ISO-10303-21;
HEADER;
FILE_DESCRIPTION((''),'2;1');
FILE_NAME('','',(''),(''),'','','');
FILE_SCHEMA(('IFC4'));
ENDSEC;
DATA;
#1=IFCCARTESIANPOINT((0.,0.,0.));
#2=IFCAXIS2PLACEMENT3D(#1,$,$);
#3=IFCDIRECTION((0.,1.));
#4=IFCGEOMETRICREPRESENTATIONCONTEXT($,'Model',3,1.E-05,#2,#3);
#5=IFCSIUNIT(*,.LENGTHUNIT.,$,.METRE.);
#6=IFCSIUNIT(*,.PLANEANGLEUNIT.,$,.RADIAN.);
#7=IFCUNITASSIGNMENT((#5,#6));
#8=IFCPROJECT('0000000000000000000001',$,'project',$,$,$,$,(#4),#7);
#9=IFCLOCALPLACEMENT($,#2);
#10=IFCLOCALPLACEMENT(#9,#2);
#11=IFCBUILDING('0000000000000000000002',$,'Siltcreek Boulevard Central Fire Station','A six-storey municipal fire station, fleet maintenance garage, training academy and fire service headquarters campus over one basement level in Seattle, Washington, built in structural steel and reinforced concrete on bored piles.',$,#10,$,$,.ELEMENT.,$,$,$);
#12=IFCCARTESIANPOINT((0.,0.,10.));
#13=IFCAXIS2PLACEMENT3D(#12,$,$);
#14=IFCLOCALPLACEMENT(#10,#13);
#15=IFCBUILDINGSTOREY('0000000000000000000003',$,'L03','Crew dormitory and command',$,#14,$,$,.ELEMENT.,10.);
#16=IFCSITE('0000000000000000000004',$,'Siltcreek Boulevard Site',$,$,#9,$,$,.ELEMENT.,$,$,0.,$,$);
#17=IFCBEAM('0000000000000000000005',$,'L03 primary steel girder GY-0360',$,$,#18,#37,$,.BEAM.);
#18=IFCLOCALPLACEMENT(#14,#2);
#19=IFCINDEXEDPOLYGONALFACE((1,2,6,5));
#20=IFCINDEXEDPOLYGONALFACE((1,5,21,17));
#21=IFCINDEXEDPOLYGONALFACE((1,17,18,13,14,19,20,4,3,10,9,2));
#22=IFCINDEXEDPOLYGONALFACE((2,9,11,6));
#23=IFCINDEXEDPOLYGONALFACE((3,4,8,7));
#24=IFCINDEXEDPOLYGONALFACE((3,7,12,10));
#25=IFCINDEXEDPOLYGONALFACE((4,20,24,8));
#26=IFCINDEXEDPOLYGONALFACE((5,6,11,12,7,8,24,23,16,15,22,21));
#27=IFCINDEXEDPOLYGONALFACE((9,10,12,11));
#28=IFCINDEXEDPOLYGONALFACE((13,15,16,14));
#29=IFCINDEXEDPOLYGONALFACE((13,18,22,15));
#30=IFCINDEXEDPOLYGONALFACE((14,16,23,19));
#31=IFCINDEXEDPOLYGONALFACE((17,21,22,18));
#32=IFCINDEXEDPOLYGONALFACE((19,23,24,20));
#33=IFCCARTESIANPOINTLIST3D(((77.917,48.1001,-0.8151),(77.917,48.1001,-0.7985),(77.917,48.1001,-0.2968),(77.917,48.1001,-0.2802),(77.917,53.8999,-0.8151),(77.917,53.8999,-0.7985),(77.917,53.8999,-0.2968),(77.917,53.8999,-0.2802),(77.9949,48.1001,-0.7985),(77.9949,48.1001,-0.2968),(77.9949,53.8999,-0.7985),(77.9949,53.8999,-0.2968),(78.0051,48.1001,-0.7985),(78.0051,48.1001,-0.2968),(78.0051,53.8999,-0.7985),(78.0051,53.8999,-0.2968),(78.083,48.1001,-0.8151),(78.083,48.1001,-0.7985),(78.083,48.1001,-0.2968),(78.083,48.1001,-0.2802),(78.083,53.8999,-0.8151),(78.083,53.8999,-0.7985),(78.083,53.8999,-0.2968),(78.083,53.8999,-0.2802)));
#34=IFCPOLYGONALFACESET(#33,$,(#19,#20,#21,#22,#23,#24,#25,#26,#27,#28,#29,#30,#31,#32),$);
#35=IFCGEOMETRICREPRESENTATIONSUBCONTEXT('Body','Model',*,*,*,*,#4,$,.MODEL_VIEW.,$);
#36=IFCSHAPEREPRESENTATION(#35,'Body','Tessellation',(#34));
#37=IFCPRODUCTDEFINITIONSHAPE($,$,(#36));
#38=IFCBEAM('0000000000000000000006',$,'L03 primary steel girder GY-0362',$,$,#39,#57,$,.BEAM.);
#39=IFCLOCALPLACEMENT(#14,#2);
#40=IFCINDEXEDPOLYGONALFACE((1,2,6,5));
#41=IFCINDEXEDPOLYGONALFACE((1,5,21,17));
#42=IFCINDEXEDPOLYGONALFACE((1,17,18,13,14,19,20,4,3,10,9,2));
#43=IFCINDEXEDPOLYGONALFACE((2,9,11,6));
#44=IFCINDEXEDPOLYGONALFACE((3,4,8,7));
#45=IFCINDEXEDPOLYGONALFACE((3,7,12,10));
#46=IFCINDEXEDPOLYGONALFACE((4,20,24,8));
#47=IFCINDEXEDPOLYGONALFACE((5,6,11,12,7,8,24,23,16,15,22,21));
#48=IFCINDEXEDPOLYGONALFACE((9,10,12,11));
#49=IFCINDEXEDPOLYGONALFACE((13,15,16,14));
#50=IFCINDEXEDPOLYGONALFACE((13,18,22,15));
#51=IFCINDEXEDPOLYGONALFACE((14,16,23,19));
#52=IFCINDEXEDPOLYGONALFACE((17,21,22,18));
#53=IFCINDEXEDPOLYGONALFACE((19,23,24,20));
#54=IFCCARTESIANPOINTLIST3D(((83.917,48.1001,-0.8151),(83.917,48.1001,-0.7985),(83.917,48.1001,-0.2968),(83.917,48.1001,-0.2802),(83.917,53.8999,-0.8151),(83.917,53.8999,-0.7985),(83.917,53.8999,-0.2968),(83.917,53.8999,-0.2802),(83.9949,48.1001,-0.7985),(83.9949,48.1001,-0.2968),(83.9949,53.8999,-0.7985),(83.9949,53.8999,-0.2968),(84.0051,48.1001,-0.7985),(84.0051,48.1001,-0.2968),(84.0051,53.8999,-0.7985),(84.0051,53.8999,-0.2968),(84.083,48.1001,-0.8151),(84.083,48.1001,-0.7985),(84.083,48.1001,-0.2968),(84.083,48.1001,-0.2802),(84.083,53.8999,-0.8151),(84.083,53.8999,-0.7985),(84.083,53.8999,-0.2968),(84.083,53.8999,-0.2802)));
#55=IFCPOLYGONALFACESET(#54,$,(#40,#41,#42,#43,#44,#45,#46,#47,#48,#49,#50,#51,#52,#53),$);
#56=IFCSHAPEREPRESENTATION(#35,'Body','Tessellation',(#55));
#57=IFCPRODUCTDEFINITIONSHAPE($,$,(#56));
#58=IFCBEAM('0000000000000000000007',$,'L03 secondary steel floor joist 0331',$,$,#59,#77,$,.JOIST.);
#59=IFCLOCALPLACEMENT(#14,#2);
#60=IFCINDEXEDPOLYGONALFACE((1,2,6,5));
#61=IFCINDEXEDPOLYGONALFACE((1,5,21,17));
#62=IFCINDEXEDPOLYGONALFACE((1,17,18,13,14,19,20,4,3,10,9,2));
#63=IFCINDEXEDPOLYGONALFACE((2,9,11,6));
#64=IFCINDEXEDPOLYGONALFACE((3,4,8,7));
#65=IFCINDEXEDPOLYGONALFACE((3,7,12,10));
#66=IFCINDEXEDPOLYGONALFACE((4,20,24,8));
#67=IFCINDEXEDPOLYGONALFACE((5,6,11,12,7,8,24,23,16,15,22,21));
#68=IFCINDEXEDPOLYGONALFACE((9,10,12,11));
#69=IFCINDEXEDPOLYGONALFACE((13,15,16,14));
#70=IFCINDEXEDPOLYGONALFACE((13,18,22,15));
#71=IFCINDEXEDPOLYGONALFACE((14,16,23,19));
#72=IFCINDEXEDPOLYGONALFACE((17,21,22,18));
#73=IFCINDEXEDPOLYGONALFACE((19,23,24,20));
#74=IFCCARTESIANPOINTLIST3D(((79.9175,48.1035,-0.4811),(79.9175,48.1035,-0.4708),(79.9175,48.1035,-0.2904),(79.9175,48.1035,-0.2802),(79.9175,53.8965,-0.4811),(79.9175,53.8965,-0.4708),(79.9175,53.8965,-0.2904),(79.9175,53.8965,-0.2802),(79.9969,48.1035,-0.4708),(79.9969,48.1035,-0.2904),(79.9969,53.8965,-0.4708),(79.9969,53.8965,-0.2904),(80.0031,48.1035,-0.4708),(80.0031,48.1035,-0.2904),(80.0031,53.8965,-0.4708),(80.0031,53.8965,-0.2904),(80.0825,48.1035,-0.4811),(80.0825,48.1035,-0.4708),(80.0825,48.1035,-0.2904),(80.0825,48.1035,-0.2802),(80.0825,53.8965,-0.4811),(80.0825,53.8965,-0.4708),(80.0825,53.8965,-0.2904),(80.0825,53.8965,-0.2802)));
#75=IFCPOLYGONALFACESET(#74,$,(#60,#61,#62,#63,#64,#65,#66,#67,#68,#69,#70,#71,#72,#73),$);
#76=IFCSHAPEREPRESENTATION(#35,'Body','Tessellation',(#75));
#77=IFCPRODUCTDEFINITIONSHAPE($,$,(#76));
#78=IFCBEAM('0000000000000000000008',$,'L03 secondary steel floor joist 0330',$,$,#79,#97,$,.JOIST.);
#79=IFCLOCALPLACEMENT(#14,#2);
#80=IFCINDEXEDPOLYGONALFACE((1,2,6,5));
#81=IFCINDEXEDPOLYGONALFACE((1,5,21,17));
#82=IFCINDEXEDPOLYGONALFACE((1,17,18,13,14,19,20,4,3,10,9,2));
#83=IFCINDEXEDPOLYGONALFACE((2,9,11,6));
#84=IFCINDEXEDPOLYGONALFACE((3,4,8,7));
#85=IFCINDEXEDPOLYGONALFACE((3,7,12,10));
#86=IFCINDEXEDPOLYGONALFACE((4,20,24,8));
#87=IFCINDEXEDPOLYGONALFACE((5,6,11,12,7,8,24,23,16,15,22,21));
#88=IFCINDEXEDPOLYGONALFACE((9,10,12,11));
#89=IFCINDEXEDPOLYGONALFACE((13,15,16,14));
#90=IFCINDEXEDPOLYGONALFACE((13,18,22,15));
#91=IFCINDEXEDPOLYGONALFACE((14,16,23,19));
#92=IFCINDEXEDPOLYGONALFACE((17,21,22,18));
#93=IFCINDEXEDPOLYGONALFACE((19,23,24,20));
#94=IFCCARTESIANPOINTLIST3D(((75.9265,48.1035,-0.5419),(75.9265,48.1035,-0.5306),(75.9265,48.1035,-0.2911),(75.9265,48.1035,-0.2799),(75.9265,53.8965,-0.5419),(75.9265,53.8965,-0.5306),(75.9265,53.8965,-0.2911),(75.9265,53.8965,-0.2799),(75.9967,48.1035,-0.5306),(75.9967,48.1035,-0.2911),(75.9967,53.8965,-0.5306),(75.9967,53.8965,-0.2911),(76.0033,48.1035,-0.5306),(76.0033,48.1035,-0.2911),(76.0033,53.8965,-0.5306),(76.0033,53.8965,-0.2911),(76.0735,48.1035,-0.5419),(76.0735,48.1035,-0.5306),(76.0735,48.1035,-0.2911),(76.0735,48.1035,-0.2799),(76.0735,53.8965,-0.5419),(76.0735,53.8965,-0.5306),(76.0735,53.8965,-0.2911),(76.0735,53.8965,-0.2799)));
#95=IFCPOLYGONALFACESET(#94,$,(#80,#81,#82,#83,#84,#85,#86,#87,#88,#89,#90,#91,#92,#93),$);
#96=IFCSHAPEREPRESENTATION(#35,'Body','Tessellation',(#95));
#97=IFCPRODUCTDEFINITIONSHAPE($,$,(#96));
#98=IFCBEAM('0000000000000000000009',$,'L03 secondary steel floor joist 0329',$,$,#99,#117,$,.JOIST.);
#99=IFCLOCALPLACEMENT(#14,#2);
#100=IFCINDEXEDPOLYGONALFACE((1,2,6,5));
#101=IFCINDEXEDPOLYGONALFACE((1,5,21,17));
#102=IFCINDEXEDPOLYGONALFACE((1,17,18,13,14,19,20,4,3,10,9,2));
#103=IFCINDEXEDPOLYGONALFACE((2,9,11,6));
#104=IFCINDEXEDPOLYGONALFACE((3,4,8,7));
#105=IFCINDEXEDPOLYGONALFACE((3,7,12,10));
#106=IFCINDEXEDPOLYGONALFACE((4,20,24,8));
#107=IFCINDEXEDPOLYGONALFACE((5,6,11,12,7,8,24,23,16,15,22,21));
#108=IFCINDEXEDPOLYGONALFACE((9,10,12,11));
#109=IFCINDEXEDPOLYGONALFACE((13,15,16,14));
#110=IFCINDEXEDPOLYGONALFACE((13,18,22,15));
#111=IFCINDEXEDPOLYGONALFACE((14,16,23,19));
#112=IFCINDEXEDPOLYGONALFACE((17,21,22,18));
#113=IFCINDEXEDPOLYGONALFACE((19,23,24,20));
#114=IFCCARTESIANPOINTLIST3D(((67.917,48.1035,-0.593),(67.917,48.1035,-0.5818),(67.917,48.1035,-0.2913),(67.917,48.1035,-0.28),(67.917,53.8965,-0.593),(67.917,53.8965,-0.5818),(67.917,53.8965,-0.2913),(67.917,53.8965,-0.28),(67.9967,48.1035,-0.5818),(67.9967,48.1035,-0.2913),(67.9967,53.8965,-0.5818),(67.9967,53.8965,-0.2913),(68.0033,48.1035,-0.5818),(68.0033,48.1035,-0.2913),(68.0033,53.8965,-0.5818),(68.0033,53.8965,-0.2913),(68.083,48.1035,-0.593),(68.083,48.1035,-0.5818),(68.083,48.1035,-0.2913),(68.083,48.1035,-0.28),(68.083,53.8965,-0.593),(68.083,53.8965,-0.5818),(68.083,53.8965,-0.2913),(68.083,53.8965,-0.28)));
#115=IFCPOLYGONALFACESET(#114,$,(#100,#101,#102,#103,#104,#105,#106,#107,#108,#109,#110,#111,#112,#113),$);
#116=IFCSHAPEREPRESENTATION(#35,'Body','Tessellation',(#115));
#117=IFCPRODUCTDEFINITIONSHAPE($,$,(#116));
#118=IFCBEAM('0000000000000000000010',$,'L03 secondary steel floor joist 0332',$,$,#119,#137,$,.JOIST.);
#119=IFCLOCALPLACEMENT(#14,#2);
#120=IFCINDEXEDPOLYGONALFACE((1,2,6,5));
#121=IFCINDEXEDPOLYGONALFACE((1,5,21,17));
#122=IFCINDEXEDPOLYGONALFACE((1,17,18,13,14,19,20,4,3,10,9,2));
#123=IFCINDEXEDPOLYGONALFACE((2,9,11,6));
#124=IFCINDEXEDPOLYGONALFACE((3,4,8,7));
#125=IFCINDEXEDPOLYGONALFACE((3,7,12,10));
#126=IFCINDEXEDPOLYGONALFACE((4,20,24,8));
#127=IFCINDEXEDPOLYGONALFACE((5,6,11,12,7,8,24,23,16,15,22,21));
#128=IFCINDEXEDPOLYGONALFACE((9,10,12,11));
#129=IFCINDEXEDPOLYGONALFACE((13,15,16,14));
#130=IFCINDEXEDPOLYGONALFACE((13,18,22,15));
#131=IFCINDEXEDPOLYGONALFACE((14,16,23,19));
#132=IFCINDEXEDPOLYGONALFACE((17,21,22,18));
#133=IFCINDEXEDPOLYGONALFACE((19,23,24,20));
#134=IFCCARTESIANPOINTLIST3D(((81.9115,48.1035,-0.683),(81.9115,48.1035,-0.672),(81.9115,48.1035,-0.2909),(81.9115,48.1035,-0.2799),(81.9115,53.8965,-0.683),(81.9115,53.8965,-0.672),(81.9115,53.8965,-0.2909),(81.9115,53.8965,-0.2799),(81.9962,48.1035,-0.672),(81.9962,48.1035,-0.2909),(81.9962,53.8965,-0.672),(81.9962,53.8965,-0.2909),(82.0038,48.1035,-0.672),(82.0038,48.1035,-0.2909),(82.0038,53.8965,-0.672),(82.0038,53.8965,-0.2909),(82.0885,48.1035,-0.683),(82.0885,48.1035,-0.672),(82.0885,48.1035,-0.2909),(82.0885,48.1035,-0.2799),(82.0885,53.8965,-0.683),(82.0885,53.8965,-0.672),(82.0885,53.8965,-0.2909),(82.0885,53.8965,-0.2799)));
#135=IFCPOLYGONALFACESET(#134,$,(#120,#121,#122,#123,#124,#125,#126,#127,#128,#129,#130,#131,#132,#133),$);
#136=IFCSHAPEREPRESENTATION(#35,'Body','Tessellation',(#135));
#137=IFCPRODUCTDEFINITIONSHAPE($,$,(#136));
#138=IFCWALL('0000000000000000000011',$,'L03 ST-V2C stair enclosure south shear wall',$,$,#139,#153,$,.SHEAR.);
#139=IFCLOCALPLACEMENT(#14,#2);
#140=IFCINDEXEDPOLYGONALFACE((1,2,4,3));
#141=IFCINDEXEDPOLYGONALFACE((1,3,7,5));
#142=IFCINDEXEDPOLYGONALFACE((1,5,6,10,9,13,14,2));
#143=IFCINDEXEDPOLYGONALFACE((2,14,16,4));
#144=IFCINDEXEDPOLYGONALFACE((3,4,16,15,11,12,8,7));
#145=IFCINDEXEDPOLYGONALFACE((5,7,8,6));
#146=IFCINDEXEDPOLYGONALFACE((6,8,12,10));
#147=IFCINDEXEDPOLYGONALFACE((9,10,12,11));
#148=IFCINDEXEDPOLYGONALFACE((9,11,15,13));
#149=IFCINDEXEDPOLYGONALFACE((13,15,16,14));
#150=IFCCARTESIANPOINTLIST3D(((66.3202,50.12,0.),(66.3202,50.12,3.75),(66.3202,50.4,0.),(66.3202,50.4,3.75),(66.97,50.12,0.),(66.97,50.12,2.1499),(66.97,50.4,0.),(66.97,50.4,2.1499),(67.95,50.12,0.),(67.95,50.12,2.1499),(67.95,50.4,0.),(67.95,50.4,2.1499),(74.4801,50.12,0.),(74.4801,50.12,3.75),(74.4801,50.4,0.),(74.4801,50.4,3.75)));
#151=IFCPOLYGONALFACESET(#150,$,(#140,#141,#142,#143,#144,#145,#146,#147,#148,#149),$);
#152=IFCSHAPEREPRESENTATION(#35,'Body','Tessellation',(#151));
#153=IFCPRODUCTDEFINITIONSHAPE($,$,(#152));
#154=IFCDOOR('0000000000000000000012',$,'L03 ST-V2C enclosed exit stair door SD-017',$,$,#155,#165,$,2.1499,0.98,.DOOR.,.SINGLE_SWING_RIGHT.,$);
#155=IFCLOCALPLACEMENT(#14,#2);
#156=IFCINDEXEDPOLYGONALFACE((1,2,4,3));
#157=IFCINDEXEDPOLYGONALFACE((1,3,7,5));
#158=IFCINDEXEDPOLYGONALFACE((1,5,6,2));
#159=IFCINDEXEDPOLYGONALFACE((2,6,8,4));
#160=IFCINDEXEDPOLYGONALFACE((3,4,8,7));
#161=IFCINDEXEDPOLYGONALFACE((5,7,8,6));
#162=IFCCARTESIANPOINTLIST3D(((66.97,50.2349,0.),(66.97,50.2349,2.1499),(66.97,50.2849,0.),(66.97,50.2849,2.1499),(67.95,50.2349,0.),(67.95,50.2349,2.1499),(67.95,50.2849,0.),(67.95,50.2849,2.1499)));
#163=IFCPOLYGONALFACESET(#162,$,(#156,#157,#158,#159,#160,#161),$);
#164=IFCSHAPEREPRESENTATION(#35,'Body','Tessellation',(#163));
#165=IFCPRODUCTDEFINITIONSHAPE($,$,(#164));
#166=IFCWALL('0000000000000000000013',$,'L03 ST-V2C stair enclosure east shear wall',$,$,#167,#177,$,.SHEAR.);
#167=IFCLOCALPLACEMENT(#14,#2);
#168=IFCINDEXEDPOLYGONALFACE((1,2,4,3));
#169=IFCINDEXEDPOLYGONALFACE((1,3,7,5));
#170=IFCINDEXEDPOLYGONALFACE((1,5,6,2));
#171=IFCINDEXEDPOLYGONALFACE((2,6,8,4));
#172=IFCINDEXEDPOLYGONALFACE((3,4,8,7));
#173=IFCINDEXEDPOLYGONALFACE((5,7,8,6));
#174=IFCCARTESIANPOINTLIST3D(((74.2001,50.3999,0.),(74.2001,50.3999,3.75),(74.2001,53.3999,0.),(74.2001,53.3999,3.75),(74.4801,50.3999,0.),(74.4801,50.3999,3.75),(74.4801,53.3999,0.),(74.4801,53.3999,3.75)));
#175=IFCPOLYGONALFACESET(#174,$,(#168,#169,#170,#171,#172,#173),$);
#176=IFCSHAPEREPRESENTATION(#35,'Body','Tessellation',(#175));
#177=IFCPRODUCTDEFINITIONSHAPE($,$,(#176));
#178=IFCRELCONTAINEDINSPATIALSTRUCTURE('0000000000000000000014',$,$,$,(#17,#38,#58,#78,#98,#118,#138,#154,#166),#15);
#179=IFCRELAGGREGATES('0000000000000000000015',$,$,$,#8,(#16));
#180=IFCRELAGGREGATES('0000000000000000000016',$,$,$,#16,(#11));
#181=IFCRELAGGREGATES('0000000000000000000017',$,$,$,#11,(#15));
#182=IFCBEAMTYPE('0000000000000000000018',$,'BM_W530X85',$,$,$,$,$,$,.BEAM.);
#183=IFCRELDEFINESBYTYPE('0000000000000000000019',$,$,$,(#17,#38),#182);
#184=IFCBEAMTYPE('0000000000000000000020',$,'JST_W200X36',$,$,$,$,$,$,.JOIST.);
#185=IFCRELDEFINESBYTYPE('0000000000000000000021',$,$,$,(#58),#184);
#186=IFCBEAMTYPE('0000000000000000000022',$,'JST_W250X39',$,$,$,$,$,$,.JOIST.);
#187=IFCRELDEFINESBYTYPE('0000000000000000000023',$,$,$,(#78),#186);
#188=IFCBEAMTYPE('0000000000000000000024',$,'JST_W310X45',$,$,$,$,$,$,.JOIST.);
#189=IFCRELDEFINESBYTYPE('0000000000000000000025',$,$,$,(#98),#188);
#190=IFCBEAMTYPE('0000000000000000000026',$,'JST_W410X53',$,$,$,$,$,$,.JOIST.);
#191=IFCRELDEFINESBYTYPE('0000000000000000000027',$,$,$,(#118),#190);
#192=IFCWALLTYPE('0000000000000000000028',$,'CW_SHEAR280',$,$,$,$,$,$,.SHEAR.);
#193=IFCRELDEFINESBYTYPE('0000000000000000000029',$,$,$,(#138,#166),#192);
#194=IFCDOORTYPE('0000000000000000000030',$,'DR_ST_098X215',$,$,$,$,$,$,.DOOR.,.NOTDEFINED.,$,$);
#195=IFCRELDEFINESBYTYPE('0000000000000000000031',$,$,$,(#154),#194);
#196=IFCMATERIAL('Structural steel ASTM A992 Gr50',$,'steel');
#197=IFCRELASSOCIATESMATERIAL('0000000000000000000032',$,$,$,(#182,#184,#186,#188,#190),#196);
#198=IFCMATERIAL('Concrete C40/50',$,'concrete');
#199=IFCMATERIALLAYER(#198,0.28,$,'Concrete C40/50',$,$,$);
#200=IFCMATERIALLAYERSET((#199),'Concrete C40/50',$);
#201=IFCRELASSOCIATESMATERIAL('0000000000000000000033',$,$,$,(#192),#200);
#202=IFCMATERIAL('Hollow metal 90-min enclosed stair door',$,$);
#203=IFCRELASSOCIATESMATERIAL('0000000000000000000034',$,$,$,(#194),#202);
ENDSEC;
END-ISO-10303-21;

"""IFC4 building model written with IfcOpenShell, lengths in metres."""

from ifc_helpers import new_model, si_unit, direction, frame, frame_2d, origin, origin_2d, place, context, subcontext, project, spatial, rectangle, i_section, extrude, material, layer, layer_set, material_profile, profile_set, type_object, element, fill, save


model = new_model("IFC4")

# Units and contexts
model_context = context("Model", 3, precision=1e-05, world=origin(), true_north=direction((0.0, 1.0)))
body_context = subcontext(model_context, "Body", "Model", "MODEL_VIEW")
ifc_project = project(units=[si_unit("LENGTHUNIT", "METRE"), si_unit("PLANEANGLEUNIT", "RADIAN")], contexts=[model_context])

# Site, building, storey
site_placement = place(None, origin())
site = spatial("IfcSite", under=ifc_project, at=site_placement, Name="Siltcreek Boulevard Site", CompositionType="ELEMENT", RefElevation=0.0)
building_placement = place(site_placement, origin())
building = spatial("IfcBuilding", under=site, at=building_placement, Name="Siltcreek Boulevard Central Fire Station", Description="A six-storey municipal fire station, fleet maintenance garage, training academy and fire service headquarters campus over one basement level in Seattle, Washington, built in structural steel and reinforced concrete on bored piles.", CompositionType="ELEMENT")
storey_placement = place(building_placement, frame((0.0, 0.0, 10.0)))
storey = spatial("IfcBuildingStorey", under=building, at=storey_placement, Name="L03", Description="Crew dormitory and command", CompositionType="ELEMENT", Elevation=10.0)

# Beams
ifc_material_1 = material(Name="Structural steel ASTM A992 Gr50", Category="steel")
ifc_material_profile_1 = material_profile(ifc_material_1, i_section(OverallWidth=0.166, OverallDepth=0.5349, WebThickness=0.0103, FlangeThickness=0.0166, at=origin_2d()), Name="W530X85")
ifc_profile_set_1 = profile_set([ifc_material_profile_1], Name="Structural steel ASTM A992 Gr50")
beam_type_1 = type_object("IfcBeamType", Name="BM_W530X85", PredefinedType="BEAM", material=ifc_profile_set_1)
for number, where, z_axis, x_axis, name in (
    (1, (78.0, 48.1001, -0.5476), (0.0, 1.0, 0.0), (-1.0, 0.0, 0.0), "L03 primary steel girder GY-0360"),
    (2, (84.0, 48.1001, -0.5476), (0.0, 1.0, 0.0), (-1.0, 0.0, 0.0), "L03 primary steel girder GY-0362"),
):
    element("IfcBeam", number, at=place(storey_placement, frame(where, z_axis=z_axis, x_axis=x_axis)), inside=storey, type_object=beam_type_1, Name=name, PredefinedType="BEAM", context=body_context, shape_type="SweptSolid", body=[
        extrude(i_section(OverallWidth=0.166, OverallDepth=0.5349, WebThickness=0.0103, FlangeThickness=0.0166, at=origin_2d()), origin(), (0.0, 0.0, 1.0), 5.7998),
    ])
ifc_material_profile_2 = material_profile(ifc_material_1, i_section(OverallWidth=0.165, OverallDepth=0.2009, WebThickness=0.0061, FlangeThickness=0.0103, at=origin_2d()), Name="W200X36")
ifc_profile_set_2 = profile_set([ifc_material_profile_2], Name="Structural steel ASTM A992 Gr50")
beam_type_2 = type_object("IfcBeamType", Name="JST_W200X36", PredefinedType="JOIST", material=ifc_profile_set_2)
beam_1_placement = place(storey_placement, frame((80.0, 48.1035, -0.3806), z_axis=(0.0, 1.0, 0.0), x_axis=(-1.0, 0.0, 0.0)))
element("IfcBeam", 3, at=beam_1_placement, inside=storey, type_object=beam_type_2, Name="L03 secondary steel floor joist 0331", PredefinedType="JOIST", context=body_context, shape_type="SweptSolid", body=[
    extrude(i_section(OverallWidth=0.165, OverallDepth=0.2009, WebThickness=0.0061, FlangeThickness=0.0103, at=origin_2d()), origin(), (0.0, 0.0, 1.0), 5.793),
])
ifc_material_profile_3 = material_profile(ifc_material_1, i_section(OverallWidth=0.147, OverallDepth=0.262, WebThickness=0.0066, FlangeThickness=0.0112, at=origin_2d()), Name="W250X39")
ifc_profile_set_3 = profile_set([ifc_material_profile_3], Name="Structural steel ASTM A992 Gr50")
beam_type_3 = type_object("IfcBeamType", Name="JST_W250X39", PredefinedType="JOIST", material=ifc_profile_set_3)
beam_2_placement = place(storey_placement, frame((76.0, 48.1035, -0.4109), z_axis=(0.0, 1.0, 0.0), x_axis=(-1.0, 0.0, 0.0)))
element("IfcBeam", 4, at=beam_2_placement, inside=storey, type_object=beam_type_3, Name="L03 secondary steel floor joist 0330", PredefinedType="JOIST", context=body_context, shape_type="SweptSolid", body=[
    extrude(i_section(OverallWidth=0.147, OverallDepth=0.262, WebThickness=0.0066, FlangeThickness=0.0112, at=origin_2d()), origin(), (0.0, 0.0, 1.0), 5.793),
])
ifc_material_profile_4 = material_profile(ifc_material_1, i_section(OverallWidth=0.166, OverallDepth=0.313, WebThickness=0.0066, FlangeThickness=0.0112, at=origin_2d()), Name="W310X45")
ifc_profile_set_4 = profile_set([ifc_material_profile_4], Name="Structural steel ASTM A992 Gr50")
beam_type_4 = type_object("IfcBeamType", Name="JST_W310X45", PredefinedType="JOIST", material=ifc_profile_set_4)
beam_3_placement = place(storey_placement, frame((68.0, 48.1035, -0.4365), z_axis=(0.0, 1.0, 0.0), x_axis=(-1.0, 0.0, 0.0)))
element("IfcBeam", 5, at=beam_3_placement, inside=storey, type_object=beam_type_4, Name="L03 secondary steel floor joist 0329", PredefinedType="JOIST", context=body_context, shape_type="SweptSolid", body=[
    extrude(i_section(OverallWidth=0.166, OverallDepth=0.313, WebThickness=0.0066, FlangeThickness=0.0112, at=origin_2d()), origin(), (0.0, 0.0, 1.0), 5.793),
])
ifc_material_profile_5 = material_profile(ifc_material_1, i_section(OverallWidth=0.177, OverallDepth=0.4031, WebThickness=0.0076, FlangeThickness=0.011, at=origin_2d()), Name="W410X53")
ifc_profile_set_5 = profile_set([ifc_material_profile_5], Name="Structural steel ASTM A992 Gr50")
beam_type_5 = type_object("IfcBeamType", Name="JST_W410X53", PredefinedType="JOIST", material=ifc_profile_set_5)
beam_4_placement = place(storey_placement, frame((82.0, 48.1035, -0.4814), z_axis=(0.0, 1.0, 0.0), x_axis=(-1.0, 0.0, 0.0)))
element("IfcBeam", 6, at=beam_4_placement, inside=storey, type_object=beam_type_5, Name="L03 secondary steel floor joist 0332", PredefinedType="JOIST", context=body_context, shape_type="SweptSolid", body=[
    extrude(i_section(OverallWidth=0.177, OverallDepth=0.4031, WebThickness=0.0076, FlangeThickness=0.011, at=origin_2d()), origin(), (0.0, 0.0, 1.0), 5.793),
])

# Wall, opening, door
ifc_material_2 = material(Name="Concrete C40/50", Category="concrete")
ifc_layer_1 = layer(ifc_material_2, 0.28, Name="Concrete C40/50")
ifc_layer_set_1 = layer_set([ifc_layer_1], Name="Concrete C40/50")
wall_type_1 = type_object("IfcWallType", Name="CW_SHEAR280", PredefinedType="SHEAR", material=ifc_layer_set_1)
wall_1_placement = place(storey_placement, frame((66.3201, 50.26, 0.0), z_axis=(0.0, 0.0, 1.0), x_axis=(1.0, 0.0, 0.0)))
wall_1 = element("IfcWall", 7, at=wall_1_placement, inside=storey, type_object=wall_type_1, Name="L03 ST-V2C stair enclosure south shear wall", PredefinedType="SHEAR", context=body_context, shape_type="SweptSolid", body=[
    extrude(rectangle(XDim=8.1599, YDim=0.28, at=frame_2d((4.0801, 0.0))), origin(), (0.0, 0.0, 1.0), 3.75),
])
opening_1_placement = place(wall_1_placement, frame((0.6499, 0.0, 0.0)))
opening_1 = element("IfcOpeningElement", 8, at=opening_1_placement, cuts=wall_1, PredefinedType="OPENING", context=body_context, shape_type="SweptSolid", body=[
    extrude(rectangle(XDim=0.98, YDim=2.1499, at=frame_2d((0.49, 1.075))), frame((0.0, 0.1499, 0.0), z_axis=(0.0, -1.0, 0.0), x_axis=(1.0, 0.0, 0.0)), (0.0, 0.0, 1.0), 0.3),
])
ifc_material_3 = material(Name="Hollow metal 90-min enclosed stair door")
door_type_1 = type_object("IfcDoorType", Name="DR_ST_098X215", OperationType="NOTDEFINED", PredefinedType="DOOR", material=ifc_material_3)
door_1_placement = place(opening_1_placement, origin())
door_1 = element("IfcDoor", 9, at=door_1_placement, inside=storey, type_object=door_type_1, Name="L03 ST-V2C enclosed exit stair door SD-017", OperationType="SINGLE_SWING_RIGHT", OverallHeight=2.1499, OverallWidth=0.98, PredefinedType="DOOR", context=body_context, shape_type="SweptSolid", body=[
    extrude(rectangle(XDim=0.98, YDim=2.1499, at=frame_2d((0.49, 1.075))), frame((0.0, 0.0249, 0.0), z_axis=(0.0, -1.0, 0.0), x_axis=(1.0, 0.0, 0.0)), (0.0, 0.0, 1.0), 0.05),
])
fill(opening_1, door_1)

# Wall
wall_2_placement = place(storey_placement, frame((74.3401, 50.3999, 0.0), z_axis=(0.0, 0.0, 1.0), x_axis=(0.0, 1.0, 0.0)))
element("IfcWall", 10, at=wall_2_placement, inside=storey, type_object=wall_type_1, Name="L03 ST-V2C stair enclosure east shear wall", PredefinedType="SHEAR", context=body_context, shape_type="SweptSolid", body=[
    extrude(rectangle(XDim=3.0, YDim=0.28, at=frame_2d((1.5, 0.0))), origin(), (0.0, 0.0, 1.0), 3.75),
])

save(model, "model.ifc")
